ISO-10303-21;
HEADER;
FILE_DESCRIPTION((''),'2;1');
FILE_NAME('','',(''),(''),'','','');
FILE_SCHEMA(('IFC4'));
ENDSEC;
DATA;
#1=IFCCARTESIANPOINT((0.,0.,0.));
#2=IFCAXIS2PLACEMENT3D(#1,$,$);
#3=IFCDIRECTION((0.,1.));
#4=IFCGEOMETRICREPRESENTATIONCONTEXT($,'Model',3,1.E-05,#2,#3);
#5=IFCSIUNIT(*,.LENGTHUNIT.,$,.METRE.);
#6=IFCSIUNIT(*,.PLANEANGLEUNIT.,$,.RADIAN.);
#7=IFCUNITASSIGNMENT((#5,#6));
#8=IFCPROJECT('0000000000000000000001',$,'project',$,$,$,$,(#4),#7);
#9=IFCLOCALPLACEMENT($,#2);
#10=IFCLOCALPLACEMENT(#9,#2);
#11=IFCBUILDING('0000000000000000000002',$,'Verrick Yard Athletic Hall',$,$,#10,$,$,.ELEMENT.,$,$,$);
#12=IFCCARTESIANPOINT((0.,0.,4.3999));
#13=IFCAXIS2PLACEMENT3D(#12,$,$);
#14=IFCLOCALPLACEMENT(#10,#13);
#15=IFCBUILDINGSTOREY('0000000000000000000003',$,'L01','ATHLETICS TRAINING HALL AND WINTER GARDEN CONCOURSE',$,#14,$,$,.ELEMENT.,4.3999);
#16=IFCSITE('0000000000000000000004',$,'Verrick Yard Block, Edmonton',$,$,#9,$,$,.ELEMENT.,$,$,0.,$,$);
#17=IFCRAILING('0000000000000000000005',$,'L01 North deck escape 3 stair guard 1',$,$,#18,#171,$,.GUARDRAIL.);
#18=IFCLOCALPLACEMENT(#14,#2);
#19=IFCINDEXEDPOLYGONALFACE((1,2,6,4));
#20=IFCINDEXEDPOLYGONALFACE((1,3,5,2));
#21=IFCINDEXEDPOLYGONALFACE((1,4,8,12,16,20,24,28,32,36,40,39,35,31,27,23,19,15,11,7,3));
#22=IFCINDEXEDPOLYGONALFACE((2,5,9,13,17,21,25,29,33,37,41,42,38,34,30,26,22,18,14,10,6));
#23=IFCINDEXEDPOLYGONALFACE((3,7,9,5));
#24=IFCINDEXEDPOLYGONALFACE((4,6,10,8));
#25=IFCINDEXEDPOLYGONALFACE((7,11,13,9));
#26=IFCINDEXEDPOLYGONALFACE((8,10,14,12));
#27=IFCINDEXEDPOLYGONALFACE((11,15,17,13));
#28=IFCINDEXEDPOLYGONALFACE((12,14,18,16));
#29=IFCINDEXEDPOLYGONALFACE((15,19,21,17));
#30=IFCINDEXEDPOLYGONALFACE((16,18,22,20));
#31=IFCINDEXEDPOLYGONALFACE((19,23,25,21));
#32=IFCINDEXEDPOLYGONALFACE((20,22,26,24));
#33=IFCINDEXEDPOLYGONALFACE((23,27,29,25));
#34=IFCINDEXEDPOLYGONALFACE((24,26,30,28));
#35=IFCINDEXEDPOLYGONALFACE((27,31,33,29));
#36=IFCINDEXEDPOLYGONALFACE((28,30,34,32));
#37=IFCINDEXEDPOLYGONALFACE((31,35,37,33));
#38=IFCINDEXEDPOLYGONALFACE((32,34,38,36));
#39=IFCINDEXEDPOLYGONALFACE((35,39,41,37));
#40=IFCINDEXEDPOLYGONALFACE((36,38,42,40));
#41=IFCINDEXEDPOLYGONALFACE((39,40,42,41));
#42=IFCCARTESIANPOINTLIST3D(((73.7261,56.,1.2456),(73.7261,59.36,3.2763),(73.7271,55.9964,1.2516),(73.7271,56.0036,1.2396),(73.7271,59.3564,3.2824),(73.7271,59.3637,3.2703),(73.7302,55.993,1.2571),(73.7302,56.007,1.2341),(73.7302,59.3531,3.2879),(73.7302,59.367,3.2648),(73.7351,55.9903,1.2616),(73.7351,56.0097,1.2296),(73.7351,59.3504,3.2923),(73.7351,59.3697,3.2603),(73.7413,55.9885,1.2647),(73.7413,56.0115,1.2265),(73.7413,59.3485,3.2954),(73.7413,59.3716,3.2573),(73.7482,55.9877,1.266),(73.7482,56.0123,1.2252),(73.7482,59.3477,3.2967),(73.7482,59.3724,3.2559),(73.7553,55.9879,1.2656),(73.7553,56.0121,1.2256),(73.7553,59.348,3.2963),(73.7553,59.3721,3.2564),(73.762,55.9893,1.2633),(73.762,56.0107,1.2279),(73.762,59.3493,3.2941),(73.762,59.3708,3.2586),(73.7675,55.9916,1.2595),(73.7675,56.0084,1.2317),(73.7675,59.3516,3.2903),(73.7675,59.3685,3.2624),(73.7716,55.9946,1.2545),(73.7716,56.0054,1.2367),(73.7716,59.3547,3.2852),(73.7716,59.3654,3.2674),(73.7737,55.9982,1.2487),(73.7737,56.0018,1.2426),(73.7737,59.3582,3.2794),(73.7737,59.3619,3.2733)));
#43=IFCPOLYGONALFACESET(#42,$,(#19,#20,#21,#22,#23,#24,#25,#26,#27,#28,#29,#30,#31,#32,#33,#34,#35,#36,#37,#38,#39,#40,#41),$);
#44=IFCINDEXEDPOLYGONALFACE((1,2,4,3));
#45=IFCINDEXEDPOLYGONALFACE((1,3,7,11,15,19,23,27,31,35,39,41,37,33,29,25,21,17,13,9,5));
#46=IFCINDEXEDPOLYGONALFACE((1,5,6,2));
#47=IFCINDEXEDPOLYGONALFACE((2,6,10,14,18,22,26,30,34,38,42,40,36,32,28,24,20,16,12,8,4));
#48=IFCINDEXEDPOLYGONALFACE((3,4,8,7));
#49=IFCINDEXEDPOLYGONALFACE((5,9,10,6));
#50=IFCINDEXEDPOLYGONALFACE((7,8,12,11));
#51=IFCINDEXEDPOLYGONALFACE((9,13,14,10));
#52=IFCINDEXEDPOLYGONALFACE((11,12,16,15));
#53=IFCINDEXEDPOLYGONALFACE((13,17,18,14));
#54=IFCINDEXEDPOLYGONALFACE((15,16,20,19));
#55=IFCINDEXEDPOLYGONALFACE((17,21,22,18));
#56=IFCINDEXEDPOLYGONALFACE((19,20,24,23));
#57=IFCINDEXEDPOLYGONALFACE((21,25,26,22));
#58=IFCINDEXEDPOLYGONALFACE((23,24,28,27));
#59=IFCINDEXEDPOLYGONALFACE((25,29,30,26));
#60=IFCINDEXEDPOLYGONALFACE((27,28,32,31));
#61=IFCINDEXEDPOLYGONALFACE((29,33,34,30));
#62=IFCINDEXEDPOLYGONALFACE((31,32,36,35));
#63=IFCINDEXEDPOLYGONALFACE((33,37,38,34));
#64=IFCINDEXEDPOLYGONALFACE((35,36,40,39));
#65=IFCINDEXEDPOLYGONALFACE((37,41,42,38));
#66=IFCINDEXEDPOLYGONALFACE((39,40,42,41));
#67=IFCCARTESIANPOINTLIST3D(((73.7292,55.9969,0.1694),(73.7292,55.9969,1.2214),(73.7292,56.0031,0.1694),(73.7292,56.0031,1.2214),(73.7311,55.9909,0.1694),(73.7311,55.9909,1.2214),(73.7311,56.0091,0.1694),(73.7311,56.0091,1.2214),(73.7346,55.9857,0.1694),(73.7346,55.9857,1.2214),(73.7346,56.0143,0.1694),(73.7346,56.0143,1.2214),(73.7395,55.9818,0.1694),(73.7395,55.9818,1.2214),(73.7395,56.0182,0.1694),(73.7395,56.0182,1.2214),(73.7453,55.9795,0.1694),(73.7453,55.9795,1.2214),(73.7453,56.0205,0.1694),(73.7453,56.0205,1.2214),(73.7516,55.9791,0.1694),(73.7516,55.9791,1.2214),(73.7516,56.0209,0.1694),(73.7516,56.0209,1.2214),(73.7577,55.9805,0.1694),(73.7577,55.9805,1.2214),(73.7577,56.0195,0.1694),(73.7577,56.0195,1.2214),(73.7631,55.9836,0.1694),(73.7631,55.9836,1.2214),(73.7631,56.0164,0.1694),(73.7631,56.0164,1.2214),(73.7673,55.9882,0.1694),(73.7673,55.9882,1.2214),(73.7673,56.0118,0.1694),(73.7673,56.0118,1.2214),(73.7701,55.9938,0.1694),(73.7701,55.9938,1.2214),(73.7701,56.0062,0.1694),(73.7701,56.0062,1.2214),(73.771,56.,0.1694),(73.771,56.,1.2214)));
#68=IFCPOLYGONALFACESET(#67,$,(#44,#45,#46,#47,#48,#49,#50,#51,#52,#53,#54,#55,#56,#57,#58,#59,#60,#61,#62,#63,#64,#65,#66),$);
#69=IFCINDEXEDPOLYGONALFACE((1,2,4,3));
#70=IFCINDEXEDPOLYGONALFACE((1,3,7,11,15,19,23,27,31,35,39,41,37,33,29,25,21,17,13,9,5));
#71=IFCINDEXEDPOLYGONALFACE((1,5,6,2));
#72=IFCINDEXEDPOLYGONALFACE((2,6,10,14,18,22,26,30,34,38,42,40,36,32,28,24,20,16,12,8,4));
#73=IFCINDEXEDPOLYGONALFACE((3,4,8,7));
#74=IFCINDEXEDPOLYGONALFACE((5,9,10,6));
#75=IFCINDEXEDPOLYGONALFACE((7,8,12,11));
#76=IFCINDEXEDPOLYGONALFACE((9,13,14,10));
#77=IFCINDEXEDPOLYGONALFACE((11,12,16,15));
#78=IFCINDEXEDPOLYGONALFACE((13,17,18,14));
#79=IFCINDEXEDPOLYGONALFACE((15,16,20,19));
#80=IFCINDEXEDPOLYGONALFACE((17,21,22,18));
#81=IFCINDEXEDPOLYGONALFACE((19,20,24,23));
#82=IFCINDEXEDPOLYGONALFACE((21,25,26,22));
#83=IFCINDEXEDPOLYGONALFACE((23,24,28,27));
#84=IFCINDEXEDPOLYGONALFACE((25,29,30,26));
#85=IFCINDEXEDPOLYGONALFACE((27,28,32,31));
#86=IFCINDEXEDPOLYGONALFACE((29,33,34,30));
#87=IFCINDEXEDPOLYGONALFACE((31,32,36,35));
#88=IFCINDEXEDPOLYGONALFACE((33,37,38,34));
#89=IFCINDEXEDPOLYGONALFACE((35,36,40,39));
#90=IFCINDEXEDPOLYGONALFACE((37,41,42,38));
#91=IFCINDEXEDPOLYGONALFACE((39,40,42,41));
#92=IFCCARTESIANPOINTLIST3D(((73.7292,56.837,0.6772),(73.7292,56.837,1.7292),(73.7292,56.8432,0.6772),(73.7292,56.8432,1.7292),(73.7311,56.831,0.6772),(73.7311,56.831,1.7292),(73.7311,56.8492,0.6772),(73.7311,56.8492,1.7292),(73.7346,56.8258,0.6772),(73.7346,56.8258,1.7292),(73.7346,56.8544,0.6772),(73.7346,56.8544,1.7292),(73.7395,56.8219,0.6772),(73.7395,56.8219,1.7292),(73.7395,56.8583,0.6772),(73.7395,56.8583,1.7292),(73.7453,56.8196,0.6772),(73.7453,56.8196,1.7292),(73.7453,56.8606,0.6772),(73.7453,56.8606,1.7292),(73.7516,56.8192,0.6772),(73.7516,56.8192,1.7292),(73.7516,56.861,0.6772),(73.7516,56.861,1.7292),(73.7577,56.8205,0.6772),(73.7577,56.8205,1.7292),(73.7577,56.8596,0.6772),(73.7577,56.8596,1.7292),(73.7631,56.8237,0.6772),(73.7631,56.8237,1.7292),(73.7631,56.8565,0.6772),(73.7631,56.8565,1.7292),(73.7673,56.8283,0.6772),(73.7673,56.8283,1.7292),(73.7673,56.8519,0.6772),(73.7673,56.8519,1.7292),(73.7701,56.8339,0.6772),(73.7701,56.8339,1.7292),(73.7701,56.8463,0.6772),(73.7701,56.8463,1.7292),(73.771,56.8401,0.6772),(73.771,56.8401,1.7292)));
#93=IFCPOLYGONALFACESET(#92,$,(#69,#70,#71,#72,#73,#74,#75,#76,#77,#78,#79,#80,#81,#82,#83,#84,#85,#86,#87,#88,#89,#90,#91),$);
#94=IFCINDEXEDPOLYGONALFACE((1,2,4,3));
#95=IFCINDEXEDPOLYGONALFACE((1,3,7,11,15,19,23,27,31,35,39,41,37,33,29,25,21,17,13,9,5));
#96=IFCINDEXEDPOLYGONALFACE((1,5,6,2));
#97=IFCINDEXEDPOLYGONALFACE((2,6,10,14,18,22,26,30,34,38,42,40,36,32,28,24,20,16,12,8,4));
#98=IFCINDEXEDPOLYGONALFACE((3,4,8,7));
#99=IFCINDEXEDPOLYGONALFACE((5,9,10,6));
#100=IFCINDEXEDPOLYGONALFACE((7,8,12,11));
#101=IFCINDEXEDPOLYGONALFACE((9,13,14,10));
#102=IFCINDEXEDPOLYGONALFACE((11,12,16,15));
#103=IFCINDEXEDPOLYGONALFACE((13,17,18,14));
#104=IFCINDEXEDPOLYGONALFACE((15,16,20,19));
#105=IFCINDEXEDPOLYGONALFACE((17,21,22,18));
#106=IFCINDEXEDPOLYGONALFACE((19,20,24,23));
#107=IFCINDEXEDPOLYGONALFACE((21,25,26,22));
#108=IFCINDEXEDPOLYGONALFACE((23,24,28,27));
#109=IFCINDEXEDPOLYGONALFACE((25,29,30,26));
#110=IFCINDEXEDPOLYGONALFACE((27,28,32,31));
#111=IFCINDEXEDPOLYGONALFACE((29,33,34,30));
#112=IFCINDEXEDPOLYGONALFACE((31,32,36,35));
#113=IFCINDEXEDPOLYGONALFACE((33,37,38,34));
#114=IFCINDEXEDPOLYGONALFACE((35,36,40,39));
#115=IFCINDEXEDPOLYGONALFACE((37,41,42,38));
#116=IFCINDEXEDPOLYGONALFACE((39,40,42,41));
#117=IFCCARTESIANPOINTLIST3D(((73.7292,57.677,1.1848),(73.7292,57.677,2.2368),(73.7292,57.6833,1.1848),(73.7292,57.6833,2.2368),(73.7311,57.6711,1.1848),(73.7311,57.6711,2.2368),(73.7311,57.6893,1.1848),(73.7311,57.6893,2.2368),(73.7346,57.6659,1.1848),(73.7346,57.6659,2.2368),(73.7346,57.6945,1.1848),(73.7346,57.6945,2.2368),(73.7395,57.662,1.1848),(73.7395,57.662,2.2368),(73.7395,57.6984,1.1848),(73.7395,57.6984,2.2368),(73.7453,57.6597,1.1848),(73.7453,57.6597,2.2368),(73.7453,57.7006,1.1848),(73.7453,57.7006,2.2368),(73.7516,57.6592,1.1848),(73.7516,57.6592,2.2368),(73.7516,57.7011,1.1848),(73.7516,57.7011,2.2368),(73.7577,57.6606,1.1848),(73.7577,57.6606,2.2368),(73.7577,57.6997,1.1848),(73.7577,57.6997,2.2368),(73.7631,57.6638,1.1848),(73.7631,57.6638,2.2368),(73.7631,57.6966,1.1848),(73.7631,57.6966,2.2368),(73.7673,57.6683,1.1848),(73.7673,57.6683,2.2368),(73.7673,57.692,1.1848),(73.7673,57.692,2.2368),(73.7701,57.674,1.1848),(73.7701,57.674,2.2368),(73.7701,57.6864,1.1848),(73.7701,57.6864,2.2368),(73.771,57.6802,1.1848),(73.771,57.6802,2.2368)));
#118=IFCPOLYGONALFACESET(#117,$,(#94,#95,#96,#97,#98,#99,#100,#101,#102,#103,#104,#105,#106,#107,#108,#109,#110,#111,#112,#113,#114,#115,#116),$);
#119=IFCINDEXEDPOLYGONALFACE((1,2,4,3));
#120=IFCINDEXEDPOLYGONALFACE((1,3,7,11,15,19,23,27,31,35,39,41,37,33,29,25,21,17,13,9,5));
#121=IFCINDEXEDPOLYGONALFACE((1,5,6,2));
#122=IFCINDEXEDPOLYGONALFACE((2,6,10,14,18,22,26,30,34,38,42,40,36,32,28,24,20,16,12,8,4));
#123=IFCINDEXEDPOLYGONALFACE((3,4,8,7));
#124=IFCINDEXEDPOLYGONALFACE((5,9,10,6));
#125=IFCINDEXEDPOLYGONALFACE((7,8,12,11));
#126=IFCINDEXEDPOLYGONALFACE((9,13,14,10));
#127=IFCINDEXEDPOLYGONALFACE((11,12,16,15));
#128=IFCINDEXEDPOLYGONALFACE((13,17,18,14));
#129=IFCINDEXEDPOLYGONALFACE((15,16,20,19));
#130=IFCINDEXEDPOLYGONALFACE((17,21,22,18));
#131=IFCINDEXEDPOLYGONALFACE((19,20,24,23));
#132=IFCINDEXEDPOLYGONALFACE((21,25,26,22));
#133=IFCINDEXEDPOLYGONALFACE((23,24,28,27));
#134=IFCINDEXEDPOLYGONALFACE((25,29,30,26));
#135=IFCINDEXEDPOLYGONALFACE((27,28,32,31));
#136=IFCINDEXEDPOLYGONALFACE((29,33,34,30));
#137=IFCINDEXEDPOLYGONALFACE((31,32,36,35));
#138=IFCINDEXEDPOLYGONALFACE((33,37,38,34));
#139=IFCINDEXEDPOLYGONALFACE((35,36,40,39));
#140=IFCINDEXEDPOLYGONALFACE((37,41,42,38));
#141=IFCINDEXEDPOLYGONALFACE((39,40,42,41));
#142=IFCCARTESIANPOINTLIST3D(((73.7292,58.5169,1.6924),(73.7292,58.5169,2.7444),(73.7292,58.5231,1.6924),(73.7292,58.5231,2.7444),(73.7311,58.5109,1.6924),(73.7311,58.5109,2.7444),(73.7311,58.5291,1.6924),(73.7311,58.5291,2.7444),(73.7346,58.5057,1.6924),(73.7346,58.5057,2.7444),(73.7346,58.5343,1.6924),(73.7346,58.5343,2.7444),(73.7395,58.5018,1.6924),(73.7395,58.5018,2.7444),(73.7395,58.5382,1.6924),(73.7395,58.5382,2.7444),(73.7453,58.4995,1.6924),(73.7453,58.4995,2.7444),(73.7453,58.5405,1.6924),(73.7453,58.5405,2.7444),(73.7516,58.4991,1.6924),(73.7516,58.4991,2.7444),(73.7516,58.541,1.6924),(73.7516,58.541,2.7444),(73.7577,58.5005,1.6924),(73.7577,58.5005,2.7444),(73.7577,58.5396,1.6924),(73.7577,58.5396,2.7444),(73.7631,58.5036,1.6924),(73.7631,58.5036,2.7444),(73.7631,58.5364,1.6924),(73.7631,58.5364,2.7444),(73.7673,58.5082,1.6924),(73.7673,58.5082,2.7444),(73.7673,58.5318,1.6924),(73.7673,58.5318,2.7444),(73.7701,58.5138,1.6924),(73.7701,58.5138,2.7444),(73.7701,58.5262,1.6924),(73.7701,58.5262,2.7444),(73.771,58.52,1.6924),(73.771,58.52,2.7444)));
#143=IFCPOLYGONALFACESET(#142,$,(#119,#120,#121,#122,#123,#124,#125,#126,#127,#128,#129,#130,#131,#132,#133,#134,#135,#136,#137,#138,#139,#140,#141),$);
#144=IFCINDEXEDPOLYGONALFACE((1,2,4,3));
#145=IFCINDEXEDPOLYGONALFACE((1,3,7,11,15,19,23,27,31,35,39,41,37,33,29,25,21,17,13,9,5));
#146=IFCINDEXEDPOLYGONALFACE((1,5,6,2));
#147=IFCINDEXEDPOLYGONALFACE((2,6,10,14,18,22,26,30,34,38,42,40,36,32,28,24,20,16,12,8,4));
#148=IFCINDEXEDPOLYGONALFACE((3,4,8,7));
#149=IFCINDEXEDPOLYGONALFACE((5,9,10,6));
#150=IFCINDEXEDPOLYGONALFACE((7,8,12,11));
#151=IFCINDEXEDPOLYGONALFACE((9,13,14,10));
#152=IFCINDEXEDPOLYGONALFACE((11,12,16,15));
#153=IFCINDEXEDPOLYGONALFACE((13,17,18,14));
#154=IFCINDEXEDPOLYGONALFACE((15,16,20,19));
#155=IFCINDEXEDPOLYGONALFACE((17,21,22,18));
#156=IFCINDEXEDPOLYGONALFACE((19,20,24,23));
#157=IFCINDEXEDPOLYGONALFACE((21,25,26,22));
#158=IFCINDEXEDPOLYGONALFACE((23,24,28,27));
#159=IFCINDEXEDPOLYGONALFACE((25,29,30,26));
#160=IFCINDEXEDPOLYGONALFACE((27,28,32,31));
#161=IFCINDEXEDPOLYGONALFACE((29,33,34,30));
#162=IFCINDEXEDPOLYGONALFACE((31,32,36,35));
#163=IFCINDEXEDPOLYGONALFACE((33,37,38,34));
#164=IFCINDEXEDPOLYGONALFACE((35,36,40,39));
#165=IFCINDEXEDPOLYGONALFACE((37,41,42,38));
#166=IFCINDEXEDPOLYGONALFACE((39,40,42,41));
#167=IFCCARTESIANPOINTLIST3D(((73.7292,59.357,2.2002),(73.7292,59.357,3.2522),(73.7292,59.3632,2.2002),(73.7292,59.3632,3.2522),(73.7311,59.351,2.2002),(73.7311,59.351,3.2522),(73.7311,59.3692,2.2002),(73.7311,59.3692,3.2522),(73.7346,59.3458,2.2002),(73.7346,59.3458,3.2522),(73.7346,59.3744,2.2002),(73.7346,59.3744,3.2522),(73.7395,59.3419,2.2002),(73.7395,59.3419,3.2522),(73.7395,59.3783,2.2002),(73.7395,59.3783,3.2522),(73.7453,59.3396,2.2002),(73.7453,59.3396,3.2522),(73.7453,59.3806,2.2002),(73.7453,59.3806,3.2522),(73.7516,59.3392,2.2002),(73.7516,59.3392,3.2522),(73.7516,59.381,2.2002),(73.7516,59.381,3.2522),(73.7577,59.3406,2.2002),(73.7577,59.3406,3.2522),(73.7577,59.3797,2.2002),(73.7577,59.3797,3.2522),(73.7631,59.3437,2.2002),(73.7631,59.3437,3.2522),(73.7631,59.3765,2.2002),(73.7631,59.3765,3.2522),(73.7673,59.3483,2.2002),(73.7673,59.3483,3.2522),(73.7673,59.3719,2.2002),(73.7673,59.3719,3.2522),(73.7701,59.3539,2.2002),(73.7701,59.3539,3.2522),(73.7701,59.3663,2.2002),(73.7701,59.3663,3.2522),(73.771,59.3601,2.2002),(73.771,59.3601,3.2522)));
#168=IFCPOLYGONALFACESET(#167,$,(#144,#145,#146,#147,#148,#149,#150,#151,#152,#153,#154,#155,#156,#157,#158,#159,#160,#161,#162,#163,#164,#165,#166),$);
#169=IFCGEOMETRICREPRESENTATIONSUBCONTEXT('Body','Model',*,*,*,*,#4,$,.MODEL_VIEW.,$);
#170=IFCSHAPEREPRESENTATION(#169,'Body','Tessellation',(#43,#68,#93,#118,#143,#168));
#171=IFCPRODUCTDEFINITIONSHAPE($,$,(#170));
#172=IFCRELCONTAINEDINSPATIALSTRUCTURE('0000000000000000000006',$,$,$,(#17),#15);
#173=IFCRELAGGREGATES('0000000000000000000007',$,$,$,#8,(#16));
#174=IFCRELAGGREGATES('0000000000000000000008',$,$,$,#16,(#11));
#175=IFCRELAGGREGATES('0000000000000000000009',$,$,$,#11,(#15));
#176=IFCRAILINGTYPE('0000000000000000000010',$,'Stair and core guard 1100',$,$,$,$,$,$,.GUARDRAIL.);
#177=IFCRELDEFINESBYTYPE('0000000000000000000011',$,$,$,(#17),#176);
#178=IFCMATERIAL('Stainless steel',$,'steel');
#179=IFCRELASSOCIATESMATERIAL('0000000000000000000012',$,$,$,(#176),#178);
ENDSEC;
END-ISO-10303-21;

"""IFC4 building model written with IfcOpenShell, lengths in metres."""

from ifc_helpers import new_model, si_unit, direction, frame, origin, origin_2d, place, context, subcontext, project, spatial, circle, extrude, material, type_object, element, save


model = new_model("IFC4")

# Units and contexts
model_context = context("Model", 3, precision=1e-05, world=origin(), true_north=direction((0.0, 1.0)))
body_context = subcontext(model_context, "Body", "Model", "MODEL_VIEW")
ifc_project = project(units=[si_unit("LENGTHUNIT", "METRE"), si_unit("PLANEANGLEUNIT", "RADIAN")], contexts=[model_context])

# Site, building, storey
site_placement = place(None, origin())
site = spatial("IfcSite", under=ifc_project, at=site_placement, Name="Verrick Yard Block, Edmonton", CompositionType="ELEMENT", RefElevation=0.0)
building_placement = place(site_placement, origin())
building = spatial("IfcBuilding", under=site, at=building_placement, Name="Verrick Yard Athletic Hall", CompositionType="ELEMENT")
storey_placement = place(building_placement, frame((0.0, 0.0, 4.3999)))
storey = spatial("IfcBuildingStorey", under=building, at=storey_placement, Name="L01", Description="ATHLETICS TRAINING HALL AND WINTER GARDEN CONCOURSE", CompositionType="ELEMENT", Elevation=4.3999)

# Railing
ifc_material_1 = material(Name="Stainless steel", Category="steel")
railing_type_1 = type_object("IfcRailingType", Name="Stair and core guard 1100", PredefinedType="GUARDRAIL", material=ifc_material_1)
railing_1_placement = place(storey_placement, frame((73.75, 56.0, 0.1694)))
element("IfcRailing", 1, at=railing_1_placement, inside=storey, type_object=railing_type_1, Name="L01 North deck escape 3 stair guard 1", PredefinedType="GUARDRAIL", context=body_context, shape_type="SweptSolid", body=[
    extrude(circle(Radius=0.0239, at=origin_2d()), frame((0.0, 0.0, 1.0762), z_axis=(0.0, 0.855837, 0.517246), x_axis=(-1.0, 0.0, 0.0)), (0.0, 0.0, 1.0), 3.926),
    extrude(circle(Radius=0.021, at=origin_2d()), origin(), (0.0, 0.0, 1.0), 1.052),
    extrude(circle(Radius=0.021, at=origin_2d()), frame((0.0, 0.8401, 0.5078)), (0.0, 0.0, 1.0), 1.052),
    extrude(circle(Radius=0.021, at=origin_2d()), frame((0.0, 1.6802, 1.0154)), (0.0, 0.0, 1.0), 1.052),
    extrude(circle(Radius=0.021, at=origin_2d()), frame((0.0, 2.52, 1.5229)), (0.0, 0.0, 1.0), 1.052),
    extrude(circle(Radius=0.021, at=origin_2d()), frame((0.0, 3.3601, 2.0308)), (0.0, 0.0, 1.0), 1.052),
])

save(model, "model.ifc")
